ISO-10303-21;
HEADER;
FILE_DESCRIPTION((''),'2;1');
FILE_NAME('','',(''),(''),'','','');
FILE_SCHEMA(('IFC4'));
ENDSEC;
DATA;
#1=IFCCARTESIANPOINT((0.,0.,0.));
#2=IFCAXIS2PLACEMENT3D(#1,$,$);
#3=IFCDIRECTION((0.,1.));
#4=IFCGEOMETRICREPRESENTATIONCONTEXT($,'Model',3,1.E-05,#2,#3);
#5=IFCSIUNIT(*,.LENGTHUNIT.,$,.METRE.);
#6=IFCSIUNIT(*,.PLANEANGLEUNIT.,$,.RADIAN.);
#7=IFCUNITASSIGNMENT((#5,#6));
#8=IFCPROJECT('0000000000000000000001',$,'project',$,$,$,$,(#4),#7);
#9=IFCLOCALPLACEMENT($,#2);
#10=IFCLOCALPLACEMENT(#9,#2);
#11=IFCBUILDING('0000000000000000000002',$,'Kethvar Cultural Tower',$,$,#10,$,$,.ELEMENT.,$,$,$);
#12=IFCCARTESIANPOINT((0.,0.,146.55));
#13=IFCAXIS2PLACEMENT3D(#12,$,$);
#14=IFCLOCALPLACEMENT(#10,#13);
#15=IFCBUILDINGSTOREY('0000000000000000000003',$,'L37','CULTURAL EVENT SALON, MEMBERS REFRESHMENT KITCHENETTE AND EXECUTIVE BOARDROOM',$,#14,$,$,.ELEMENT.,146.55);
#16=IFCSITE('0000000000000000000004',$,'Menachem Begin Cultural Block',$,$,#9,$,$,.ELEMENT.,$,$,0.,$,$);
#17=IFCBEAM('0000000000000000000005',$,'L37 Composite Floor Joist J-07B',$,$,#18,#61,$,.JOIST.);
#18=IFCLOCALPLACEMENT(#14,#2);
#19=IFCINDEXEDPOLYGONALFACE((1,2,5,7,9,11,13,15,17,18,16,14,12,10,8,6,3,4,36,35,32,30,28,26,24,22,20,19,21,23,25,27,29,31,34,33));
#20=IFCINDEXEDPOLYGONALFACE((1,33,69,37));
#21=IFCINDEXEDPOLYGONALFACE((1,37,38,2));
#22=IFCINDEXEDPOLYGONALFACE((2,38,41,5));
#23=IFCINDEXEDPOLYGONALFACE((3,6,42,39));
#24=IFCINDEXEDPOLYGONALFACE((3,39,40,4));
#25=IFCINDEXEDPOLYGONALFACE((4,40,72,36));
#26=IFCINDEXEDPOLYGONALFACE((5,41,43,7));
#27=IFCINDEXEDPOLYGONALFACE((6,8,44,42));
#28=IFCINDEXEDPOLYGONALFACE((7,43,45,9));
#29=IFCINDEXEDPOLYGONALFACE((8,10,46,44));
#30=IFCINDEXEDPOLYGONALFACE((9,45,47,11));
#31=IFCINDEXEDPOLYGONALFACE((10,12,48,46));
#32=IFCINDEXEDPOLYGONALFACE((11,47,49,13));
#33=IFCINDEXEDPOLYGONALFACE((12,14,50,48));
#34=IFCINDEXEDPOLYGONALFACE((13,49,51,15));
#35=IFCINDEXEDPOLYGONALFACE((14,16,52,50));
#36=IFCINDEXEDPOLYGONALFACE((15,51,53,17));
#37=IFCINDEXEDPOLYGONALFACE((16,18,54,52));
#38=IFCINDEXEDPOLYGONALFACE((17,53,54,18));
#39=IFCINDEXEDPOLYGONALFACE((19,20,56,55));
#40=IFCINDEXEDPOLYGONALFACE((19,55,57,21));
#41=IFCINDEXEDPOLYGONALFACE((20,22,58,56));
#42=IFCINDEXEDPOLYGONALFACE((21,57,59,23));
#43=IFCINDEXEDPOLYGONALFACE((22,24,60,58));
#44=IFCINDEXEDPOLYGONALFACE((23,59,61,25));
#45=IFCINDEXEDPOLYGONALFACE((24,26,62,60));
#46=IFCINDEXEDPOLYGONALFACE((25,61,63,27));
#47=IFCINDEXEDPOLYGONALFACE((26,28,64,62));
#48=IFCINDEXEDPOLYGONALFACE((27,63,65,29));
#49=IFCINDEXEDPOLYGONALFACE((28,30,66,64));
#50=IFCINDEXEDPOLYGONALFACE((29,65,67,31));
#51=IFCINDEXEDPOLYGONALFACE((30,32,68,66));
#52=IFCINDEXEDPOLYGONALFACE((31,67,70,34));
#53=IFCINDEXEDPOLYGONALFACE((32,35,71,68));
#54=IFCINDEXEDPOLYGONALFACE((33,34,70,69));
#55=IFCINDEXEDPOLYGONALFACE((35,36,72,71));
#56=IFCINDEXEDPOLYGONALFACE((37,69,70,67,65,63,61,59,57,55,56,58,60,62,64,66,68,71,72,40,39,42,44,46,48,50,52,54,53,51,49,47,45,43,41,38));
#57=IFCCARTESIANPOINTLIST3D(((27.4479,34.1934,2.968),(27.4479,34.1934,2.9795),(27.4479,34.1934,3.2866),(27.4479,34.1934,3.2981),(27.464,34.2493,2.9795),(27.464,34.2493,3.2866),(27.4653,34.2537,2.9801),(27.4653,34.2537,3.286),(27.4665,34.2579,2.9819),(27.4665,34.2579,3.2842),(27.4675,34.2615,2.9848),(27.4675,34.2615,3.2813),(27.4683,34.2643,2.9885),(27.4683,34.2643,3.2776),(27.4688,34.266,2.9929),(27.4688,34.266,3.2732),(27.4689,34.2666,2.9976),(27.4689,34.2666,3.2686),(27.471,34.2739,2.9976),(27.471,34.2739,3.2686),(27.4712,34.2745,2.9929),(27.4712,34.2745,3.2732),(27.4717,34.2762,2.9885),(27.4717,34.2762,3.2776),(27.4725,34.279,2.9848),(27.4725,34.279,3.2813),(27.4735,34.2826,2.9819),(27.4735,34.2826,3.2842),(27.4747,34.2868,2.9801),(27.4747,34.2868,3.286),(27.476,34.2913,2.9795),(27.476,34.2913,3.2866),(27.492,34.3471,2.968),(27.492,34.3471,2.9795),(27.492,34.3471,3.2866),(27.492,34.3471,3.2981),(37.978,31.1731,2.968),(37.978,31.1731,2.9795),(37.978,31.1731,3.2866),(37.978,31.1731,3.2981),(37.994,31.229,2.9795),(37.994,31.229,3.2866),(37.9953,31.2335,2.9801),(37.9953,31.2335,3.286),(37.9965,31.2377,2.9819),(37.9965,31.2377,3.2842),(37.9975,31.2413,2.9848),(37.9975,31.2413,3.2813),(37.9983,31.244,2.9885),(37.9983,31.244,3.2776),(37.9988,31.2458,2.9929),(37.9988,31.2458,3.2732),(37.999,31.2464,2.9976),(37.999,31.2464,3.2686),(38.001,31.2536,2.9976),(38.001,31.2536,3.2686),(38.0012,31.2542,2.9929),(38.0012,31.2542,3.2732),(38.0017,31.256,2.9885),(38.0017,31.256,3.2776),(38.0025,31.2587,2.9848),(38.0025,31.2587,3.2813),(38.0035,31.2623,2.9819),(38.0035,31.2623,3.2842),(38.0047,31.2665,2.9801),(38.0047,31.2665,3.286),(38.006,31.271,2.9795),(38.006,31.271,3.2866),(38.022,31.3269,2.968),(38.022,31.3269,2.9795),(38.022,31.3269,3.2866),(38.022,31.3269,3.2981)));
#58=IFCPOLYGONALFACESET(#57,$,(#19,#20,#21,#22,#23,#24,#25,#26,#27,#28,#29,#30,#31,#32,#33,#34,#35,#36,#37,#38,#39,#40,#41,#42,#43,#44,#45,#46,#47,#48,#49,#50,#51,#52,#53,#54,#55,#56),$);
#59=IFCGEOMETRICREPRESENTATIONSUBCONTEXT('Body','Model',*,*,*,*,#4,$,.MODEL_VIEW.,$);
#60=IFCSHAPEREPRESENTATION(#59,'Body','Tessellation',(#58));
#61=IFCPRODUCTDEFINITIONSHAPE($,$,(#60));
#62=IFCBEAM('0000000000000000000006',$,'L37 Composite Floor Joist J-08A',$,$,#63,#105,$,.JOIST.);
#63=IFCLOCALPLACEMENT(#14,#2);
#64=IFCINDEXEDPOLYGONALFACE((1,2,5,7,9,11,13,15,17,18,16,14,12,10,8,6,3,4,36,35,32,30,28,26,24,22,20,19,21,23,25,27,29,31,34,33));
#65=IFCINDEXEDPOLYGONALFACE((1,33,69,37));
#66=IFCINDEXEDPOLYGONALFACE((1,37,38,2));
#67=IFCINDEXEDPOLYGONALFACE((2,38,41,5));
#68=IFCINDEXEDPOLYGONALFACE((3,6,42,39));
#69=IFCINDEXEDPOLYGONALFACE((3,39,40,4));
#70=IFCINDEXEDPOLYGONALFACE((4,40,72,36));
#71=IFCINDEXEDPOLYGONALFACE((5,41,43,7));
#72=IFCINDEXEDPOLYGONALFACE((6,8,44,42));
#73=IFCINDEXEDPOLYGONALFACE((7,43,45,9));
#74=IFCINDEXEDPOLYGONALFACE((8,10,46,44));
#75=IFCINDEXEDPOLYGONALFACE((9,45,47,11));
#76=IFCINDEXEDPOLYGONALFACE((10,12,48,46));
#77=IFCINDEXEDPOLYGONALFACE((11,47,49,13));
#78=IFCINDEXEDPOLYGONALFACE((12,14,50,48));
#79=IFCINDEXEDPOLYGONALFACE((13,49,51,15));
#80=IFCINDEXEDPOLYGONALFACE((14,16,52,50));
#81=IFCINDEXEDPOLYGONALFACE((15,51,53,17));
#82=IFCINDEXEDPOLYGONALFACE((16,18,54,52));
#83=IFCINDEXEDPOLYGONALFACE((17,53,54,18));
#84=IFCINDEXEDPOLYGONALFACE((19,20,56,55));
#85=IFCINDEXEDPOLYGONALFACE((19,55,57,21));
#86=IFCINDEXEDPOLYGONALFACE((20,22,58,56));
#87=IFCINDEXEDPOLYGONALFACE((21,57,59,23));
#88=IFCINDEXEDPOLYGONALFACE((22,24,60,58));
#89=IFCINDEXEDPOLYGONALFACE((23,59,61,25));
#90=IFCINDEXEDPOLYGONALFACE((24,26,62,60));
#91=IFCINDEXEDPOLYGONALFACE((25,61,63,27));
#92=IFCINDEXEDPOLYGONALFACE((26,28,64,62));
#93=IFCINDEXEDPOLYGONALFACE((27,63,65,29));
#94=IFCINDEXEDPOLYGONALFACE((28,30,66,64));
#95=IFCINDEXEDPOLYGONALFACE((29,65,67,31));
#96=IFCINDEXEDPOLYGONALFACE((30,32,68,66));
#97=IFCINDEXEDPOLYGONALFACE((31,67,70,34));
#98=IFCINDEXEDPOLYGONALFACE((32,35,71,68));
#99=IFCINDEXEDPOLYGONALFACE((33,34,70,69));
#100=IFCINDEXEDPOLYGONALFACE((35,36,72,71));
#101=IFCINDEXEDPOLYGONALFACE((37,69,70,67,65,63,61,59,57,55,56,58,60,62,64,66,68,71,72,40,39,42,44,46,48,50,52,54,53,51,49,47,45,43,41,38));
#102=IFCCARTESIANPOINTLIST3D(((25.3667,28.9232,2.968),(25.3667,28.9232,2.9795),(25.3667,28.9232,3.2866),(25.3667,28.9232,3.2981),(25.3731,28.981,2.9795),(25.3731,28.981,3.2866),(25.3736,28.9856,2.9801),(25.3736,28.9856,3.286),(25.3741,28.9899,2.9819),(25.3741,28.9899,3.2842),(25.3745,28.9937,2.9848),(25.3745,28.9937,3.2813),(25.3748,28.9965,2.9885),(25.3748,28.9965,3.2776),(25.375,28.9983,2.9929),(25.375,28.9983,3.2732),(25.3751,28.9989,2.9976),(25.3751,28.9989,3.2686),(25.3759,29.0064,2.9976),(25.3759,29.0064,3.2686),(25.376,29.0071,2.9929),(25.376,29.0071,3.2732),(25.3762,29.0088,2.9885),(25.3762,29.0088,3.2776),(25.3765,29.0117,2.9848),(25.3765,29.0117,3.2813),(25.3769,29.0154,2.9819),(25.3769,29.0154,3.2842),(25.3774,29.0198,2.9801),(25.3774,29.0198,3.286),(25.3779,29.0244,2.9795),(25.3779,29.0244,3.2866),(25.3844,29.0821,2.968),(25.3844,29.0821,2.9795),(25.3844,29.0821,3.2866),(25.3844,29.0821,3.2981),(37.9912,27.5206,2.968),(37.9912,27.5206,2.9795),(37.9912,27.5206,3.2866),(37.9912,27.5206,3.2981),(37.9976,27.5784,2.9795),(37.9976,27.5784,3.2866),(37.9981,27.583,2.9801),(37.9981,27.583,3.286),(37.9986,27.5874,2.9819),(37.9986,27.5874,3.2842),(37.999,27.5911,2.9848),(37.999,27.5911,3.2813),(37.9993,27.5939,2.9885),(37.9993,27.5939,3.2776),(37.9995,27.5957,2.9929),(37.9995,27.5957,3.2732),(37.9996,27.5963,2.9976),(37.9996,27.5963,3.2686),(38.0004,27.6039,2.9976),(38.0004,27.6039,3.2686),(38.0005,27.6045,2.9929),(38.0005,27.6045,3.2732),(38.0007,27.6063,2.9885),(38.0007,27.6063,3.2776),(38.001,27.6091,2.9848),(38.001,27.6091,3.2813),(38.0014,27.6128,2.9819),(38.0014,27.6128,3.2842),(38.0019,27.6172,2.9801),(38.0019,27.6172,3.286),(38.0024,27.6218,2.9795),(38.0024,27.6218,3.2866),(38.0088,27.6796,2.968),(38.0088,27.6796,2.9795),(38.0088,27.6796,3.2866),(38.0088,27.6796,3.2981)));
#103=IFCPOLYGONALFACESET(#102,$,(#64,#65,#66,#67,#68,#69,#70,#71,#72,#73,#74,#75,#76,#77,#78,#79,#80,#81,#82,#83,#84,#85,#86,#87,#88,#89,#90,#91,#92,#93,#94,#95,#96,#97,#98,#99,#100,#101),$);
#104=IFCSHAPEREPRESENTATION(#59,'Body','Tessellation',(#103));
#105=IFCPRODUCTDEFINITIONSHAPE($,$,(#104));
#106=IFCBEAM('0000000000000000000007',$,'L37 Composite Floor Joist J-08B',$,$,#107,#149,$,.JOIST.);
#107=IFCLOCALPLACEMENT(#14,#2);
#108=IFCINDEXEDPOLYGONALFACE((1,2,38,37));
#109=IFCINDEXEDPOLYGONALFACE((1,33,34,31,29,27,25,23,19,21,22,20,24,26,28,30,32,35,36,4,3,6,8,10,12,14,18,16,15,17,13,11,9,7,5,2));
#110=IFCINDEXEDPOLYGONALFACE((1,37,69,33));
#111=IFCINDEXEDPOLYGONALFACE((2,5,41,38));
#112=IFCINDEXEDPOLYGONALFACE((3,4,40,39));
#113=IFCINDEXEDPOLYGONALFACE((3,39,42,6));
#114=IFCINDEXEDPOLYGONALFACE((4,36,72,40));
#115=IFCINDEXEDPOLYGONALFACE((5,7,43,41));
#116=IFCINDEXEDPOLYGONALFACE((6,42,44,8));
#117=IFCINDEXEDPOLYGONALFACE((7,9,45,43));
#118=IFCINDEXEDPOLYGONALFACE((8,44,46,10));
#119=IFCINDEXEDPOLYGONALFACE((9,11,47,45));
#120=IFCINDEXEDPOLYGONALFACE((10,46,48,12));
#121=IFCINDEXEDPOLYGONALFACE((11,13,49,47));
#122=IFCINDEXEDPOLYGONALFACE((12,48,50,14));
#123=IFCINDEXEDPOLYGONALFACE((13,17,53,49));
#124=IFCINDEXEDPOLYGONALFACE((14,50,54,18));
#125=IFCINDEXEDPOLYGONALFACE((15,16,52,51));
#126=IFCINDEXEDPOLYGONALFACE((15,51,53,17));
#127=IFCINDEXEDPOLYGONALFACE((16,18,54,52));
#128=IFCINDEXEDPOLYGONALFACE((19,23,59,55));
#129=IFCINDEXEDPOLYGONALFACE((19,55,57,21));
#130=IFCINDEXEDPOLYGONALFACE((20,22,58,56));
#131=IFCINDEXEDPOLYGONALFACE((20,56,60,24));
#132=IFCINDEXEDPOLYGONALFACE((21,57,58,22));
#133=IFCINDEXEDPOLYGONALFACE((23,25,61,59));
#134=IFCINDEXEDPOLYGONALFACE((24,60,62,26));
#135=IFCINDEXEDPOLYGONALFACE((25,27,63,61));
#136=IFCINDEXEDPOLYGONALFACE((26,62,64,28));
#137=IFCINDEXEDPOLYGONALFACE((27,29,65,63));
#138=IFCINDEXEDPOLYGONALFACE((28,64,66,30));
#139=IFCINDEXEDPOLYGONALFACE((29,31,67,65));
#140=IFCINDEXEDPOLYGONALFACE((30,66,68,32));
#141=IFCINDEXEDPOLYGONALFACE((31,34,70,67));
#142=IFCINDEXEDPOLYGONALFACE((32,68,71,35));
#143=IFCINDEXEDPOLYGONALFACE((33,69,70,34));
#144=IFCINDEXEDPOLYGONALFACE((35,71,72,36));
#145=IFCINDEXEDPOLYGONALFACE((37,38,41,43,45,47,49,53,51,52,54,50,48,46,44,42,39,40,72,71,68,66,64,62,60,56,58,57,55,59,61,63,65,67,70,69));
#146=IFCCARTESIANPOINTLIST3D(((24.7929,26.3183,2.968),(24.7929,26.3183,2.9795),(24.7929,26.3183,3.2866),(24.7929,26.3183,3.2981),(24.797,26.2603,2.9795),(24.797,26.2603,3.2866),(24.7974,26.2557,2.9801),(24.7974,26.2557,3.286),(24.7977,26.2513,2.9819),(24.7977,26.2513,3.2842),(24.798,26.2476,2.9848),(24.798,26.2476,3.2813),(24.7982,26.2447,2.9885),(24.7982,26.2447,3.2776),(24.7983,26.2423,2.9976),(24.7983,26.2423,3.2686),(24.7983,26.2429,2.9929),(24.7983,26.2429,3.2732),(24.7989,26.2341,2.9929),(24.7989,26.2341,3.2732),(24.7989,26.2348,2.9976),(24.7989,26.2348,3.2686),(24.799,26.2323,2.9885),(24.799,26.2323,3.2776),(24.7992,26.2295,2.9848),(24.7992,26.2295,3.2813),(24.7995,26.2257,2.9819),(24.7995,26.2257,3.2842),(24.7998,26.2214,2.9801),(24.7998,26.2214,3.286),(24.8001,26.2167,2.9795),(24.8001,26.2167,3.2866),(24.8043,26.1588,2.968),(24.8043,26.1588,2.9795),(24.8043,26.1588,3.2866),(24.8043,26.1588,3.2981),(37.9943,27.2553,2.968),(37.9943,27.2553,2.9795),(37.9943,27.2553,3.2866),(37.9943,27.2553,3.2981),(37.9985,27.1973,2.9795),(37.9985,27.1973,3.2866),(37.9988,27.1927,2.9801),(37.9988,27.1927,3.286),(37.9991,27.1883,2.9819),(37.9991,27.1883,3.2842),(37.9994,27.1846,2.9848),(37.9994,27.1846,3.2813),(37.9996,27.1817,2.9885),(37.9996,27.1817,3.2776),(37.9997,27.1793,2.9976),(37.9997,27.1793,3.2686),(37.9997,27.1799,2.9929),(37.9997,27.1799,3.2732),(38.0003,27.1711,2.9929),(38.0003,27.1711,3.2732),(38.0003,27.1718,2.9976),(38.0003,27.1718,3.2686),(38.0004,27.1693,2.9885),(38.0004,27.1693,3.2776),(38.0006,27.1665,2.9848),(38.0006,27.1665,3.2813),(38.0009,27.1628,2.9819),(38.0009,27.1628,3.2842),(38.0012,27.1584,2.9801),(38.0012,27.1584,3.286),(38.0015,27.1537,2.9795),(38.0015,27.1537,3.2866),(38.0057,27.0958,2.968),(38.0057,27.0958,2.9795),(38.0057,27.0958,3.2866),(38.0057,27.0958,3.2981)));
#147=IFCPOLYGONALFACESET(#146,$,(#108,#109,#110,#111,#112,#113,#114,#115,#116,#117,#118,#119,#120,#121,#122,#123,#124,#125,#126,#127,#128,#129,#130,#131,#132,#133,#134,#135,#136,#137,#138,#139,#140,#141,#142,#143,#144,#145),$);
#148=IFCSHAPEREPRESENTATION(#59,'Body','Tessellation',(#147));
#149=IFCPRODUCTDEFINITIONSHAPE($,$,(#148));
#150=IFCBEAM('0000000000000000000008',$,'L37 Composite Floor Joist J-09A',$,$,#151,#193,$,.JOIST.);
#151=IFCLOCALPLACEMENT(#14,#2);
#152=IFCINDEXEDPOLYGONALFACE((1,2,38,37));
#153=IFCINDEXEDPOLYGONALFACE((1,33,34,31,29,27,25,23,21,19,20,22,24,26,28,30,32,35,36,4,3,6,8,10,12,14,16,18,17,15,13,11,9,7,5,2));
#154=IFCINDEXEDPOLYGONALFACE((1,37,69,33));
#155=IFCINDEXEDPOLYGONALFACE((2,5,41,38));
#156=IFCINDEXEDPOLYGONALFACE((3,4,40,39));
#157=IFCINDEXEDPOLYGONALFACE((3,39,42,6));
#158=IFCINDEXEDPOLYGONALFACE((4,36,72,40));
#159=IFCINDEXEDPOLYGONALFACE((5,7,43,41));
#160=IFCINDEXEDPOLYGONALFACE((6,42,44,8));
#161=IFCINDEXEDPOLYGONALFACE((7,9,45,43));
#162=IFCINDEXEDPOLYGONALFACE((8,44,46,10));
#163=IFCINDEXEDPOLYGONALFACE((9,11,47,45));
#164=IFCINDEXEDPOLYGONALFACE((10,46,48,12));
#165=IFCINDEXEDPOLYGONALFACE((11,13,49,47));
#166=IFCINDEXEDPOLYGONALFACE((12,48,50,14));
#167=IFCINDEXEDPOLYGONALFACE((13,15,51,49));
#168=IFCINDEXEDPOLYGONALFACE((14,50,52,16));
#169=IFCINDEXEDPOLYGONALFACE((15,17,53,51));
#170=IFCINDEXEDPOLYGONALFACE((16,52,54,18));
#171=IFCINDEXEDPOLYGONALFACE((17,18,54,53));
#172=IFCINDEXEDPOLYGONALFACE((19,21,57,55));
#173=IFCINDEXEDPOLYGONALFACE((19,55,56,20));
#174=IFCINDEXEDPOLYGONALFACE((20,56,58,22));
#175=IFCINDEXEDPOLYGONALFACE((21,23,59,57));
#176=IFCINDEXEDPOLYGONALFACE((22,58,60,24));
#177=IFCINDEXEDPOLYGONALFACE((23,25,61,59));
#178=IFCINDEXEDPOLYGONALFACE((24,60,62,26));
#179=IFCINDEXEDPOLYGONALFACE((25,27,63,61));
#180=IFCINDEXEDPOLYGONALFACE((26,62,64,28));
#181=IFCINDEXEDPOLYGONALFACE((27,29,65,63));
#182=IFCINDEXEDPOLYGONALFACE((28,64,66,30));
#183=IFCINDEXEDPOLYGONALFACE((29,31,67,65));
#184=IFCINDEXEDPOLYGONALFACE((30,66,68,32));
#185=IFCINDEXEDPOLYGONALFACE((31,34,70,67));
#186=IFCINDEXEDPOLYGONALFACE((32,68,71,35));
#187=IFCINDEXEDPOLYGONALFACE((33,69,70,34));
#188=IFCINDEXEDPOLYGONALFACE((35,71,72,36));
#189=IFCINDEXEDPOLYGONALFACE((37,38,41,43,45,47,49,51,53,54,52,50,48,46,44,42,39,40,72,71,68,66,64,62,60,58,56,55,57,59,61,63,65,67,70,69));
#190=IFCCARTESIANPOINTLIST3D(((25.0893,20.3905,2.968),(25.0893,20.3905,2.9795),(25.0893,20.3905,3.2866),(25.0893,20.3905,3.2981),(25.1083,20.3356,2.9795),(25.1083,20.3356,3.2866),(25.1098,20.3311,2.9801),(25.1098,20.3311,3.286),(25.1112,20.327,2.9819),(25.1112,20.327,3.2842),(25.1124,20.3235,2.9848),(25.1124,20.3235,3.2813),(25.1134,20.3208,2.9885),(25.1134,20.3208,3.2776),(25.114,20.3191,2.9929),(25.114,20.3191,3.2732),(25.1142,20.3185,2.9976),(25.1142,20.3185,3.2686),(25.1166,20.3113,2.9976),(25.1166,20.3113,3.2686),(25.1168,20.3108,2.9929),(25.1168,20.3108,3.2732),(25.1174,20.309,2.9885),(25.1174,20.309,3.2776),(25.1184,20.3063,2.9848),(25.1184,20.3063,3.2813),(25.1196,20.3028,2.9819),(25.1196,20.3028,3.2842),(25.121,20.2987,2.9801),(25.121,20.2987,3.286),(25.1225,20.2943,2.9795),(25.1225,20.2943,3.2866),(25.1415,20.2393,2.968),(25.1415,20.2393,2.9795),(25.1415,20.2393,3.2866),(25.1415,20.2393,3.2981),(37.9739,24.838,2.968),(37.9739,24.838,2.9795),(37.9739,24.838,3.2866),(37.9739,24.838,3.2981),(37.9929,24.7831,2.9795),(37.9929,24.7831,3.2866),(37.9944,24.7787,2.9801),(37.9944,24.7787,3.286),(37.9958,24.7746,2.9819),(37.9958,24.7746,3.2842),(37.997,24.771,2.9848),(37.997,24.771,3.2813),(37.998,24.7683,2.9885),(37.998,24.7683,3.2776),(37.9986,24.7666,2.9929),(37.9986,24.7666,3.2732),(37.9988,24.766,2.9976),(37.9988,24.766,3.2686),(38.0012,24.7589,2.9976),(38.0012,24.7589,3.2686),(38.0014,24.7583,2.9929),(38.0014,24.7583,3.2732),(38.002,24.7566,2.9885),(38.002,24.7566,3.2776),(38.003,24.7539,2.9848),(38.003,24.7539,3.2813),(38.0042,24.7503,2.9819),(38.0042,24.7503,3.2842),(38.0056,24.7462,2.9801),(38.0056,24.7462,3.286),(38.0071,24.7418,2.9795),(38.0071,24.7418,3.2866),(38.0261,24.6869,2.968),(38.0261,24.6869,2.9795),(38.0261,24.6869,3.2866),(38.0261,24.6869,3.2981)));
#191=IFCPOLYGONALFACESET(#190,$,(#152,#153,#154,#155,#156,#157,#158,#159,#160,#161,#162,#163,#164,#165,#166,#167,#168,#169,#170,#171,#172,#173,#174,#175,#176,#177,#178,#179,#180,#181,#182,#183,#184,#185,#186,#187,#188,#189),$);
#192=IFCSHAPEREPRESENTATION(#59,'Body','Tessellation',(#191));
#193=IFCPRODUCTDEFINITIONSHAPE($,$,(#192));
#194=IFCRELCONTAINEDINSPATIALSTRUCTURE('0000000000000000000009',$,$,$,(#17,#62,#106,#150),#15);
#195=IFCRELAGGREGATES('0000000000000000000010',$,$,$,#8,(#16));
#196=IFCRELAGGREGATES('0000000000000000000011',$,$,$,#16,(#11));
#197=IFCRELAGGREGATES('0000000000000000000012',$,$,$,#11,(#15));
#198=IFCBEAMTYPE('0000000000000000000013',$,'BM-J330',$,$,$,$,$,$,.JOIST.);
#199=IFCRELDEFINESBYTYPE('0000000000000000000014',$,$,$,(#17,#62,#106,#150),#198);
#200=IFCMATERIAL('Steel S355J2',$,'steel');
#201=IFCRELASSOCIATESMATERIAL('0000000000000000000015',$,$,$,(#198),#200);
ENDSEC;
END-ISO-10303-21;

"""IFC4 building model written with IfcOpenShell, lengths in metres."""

from ifc_helpers import new_model, si_unit, direction, frame, origin, origin_2d, place, context, subcontext, project, spatial, i_section, extrude, source, transform, mapped, material, material_profile, profile_set, type_object, element, save


model = new_model("IFC4")

# Units and contexts
model_context = context("Model", 3, precision=1e-05, world=origin(), true_north=direction((0.0, 1.0)))
body_context = subcontext(model_context, "Body", "Model", "MODEL_VIEW")
ifc_project = project(units=[si_unit("LENGTHUNIT", "METRE"), si_unit("PLANEANGLEUNIT", "RADIAN")], contexts=[model_context])

# Site, building, storey
site_placement = place(None, origin())
site = spatial("IfcSite", under=ifc_project, at=site_placement, Name="Menachem Begin Cultural Block", CompositionType="ELEMENT", RefElevation=0.0)
building_placement = place(site_placement, origin())
building = spatial("IfcBuilding", under=site, at=building_placement, Name="Kethvar Cultural Tower", CompositionType="ELEMENT")
storey_placement = place(building_placement, frame((0.0, 0.0, 146.55)))
storey = spatial("IfcBuildingStorey", under=building, at=storey_placement, Name="L37", Description="CULTURAL EVENT SALON, MEMBERS REFRESHMENT KITCHENETTE AND EXECUTIVE BOARDROOM", CompositionType="ELEMENT", Elevation=146.55)

# Beams
ifc_material_1 = material(Name="Steel S355J2", Category="steel")
ifc_material_profile_1 = material_profile(ifc_material_1, i_section(OverallWidth=0.1599, OverallDepth=0.3301, WebThickness=0.0076, FlangeThickness=0.0115, FilletRadius=0.0181, at=origin_2d()), Name="Steel S355J2 — IPE330")
ifc_profile_set_1 = profile_set([ifc_material_profile_1], Name="Steel S355J2 — IPE330")
beam_type_1 = type_object("IfcBeamType", Name="BM-J330", PredefinedType="JOIST", material=ifc_profile_set_1)
shared_shape_1 = source(origin(), body_context, "Body", "SweptSolid", [
    extrude(i_section(OverallWidth=0.1599, OverallDepth=0.3301, WebThickness=0.0076, FlangeThickness=0.0115, FilletRadius=0.0181, at=origin_2d()), origin(), (0.0, 0.0, 1.0), 10.9546),
])
beam_1_placement = place(storey_placement, frame((38.0, 31.25, 3.1331), z_axis=(-0.961242, 0.275707, 0.0), x_axis=(-0.275707, -0.961242, 0.0)))
element("IfcBeam", 1, at=beam_1_placement, inside=storey, type_object=beam_type_1, Name="L37 Composite Floor Joist J-07B", PredefinedType="JOIST", context=body_context, shape_type="MappedRepresentation", body=[
    mapped(shared_shape_1, transform((0.0, 0.0, 0.0), scale=1.0)),
])
shared_shape_2 = source(origin(), body_context, "Body", "SweptSolid", [
    extrude(i_section(OverallWidth=0.1599, OverallDepth=0.3301, WebThickness=0.0076, FlangeThickness=0.0115, FilletRadius=0.0181, at=origin_2d()), origin(), (0.0, 0.0, 1.0), 12.7021),
])
beam_2_placement = place(storey_placement, frame((38.0, 27.6001, 3.1331), z_axis=(-0.993885, 0.110421, 0.0), x_axis=(-0.110421, -0.993885, 0.0)))
element("IfcBeam", 2, at=beam_2_placement, inside=storey, type_object=beam_type_1, Name="L37 Composite Floor Joist J-08A", PredefinedType="JOIST", context=body_context, shape_type="MappedRepresentation", body=[
    mapped(shared_shape_2, transform((0.0, 0.0, 0.0), scale=1.0)),
])
shared_shape_3 = source(origin(), body_context, "Body", "SweptSolid", [
    extrude(i_section(OverallWidth=0.1599, OverallDepth=0.3301, WebThickness=0.0076, FlangeThickness=0.0115, FilletRadius=0.0181, at=origin_2d()), origin(), (0.0, 0.0, 1.0), 13.2346),
])
beam_3_placement = place(storey_placement, frame((38.0, 27.1755, 3.1331), z_axis=(-0.997491, -0.0708, 0.0), x_axis=(0.0708, -0.997491, 0.0)))
element("IfcBeam", 3, at=beam_3_placement, inside=storey, type_object=beam_type_1, Name="L37 Composite Floor Joist J-08B", PredefinedType="JOIST", context=body_context, shape_type="MappedRepresentation", body=[
    mapped(shared_shape_3, transform((0.0, 0.0, 0.0), scale=1.0)),
])
shared_shape_4 = source(origin(), body_context, "Body", "SweptSolid", [
    extrude(i_section(OverallWidth=0.1599, OverallDepth=0.3301, WebThickness=0.0076, FlangeThickness=0.0115, FilletRadius=0.0181, at=origin_2d()), origin(), (0.0, 0.0, 1.0), 13.6306),
])
beam_4_placement = place(storey_placement, frame((38.0, 24.7625, 3.1331), z_axis=(-0.94527, -0.32629, 0.0), x_axis=(0.32629, -0.94527, 0.0)))
element("IfcBeam", 4, at=beam_4_placement, inside=storey, type_object=beam_type_1, Name="L37 Composite Floor Joist J-09A", PredefinedType="JOIST", context=body_context, shape_type="MappedRepresentation", body=[
    mapped(shared_shape_4, transform((0.0, 0.0, 0.0), scale=1.0)),
])

save(model, "model.ifc")
